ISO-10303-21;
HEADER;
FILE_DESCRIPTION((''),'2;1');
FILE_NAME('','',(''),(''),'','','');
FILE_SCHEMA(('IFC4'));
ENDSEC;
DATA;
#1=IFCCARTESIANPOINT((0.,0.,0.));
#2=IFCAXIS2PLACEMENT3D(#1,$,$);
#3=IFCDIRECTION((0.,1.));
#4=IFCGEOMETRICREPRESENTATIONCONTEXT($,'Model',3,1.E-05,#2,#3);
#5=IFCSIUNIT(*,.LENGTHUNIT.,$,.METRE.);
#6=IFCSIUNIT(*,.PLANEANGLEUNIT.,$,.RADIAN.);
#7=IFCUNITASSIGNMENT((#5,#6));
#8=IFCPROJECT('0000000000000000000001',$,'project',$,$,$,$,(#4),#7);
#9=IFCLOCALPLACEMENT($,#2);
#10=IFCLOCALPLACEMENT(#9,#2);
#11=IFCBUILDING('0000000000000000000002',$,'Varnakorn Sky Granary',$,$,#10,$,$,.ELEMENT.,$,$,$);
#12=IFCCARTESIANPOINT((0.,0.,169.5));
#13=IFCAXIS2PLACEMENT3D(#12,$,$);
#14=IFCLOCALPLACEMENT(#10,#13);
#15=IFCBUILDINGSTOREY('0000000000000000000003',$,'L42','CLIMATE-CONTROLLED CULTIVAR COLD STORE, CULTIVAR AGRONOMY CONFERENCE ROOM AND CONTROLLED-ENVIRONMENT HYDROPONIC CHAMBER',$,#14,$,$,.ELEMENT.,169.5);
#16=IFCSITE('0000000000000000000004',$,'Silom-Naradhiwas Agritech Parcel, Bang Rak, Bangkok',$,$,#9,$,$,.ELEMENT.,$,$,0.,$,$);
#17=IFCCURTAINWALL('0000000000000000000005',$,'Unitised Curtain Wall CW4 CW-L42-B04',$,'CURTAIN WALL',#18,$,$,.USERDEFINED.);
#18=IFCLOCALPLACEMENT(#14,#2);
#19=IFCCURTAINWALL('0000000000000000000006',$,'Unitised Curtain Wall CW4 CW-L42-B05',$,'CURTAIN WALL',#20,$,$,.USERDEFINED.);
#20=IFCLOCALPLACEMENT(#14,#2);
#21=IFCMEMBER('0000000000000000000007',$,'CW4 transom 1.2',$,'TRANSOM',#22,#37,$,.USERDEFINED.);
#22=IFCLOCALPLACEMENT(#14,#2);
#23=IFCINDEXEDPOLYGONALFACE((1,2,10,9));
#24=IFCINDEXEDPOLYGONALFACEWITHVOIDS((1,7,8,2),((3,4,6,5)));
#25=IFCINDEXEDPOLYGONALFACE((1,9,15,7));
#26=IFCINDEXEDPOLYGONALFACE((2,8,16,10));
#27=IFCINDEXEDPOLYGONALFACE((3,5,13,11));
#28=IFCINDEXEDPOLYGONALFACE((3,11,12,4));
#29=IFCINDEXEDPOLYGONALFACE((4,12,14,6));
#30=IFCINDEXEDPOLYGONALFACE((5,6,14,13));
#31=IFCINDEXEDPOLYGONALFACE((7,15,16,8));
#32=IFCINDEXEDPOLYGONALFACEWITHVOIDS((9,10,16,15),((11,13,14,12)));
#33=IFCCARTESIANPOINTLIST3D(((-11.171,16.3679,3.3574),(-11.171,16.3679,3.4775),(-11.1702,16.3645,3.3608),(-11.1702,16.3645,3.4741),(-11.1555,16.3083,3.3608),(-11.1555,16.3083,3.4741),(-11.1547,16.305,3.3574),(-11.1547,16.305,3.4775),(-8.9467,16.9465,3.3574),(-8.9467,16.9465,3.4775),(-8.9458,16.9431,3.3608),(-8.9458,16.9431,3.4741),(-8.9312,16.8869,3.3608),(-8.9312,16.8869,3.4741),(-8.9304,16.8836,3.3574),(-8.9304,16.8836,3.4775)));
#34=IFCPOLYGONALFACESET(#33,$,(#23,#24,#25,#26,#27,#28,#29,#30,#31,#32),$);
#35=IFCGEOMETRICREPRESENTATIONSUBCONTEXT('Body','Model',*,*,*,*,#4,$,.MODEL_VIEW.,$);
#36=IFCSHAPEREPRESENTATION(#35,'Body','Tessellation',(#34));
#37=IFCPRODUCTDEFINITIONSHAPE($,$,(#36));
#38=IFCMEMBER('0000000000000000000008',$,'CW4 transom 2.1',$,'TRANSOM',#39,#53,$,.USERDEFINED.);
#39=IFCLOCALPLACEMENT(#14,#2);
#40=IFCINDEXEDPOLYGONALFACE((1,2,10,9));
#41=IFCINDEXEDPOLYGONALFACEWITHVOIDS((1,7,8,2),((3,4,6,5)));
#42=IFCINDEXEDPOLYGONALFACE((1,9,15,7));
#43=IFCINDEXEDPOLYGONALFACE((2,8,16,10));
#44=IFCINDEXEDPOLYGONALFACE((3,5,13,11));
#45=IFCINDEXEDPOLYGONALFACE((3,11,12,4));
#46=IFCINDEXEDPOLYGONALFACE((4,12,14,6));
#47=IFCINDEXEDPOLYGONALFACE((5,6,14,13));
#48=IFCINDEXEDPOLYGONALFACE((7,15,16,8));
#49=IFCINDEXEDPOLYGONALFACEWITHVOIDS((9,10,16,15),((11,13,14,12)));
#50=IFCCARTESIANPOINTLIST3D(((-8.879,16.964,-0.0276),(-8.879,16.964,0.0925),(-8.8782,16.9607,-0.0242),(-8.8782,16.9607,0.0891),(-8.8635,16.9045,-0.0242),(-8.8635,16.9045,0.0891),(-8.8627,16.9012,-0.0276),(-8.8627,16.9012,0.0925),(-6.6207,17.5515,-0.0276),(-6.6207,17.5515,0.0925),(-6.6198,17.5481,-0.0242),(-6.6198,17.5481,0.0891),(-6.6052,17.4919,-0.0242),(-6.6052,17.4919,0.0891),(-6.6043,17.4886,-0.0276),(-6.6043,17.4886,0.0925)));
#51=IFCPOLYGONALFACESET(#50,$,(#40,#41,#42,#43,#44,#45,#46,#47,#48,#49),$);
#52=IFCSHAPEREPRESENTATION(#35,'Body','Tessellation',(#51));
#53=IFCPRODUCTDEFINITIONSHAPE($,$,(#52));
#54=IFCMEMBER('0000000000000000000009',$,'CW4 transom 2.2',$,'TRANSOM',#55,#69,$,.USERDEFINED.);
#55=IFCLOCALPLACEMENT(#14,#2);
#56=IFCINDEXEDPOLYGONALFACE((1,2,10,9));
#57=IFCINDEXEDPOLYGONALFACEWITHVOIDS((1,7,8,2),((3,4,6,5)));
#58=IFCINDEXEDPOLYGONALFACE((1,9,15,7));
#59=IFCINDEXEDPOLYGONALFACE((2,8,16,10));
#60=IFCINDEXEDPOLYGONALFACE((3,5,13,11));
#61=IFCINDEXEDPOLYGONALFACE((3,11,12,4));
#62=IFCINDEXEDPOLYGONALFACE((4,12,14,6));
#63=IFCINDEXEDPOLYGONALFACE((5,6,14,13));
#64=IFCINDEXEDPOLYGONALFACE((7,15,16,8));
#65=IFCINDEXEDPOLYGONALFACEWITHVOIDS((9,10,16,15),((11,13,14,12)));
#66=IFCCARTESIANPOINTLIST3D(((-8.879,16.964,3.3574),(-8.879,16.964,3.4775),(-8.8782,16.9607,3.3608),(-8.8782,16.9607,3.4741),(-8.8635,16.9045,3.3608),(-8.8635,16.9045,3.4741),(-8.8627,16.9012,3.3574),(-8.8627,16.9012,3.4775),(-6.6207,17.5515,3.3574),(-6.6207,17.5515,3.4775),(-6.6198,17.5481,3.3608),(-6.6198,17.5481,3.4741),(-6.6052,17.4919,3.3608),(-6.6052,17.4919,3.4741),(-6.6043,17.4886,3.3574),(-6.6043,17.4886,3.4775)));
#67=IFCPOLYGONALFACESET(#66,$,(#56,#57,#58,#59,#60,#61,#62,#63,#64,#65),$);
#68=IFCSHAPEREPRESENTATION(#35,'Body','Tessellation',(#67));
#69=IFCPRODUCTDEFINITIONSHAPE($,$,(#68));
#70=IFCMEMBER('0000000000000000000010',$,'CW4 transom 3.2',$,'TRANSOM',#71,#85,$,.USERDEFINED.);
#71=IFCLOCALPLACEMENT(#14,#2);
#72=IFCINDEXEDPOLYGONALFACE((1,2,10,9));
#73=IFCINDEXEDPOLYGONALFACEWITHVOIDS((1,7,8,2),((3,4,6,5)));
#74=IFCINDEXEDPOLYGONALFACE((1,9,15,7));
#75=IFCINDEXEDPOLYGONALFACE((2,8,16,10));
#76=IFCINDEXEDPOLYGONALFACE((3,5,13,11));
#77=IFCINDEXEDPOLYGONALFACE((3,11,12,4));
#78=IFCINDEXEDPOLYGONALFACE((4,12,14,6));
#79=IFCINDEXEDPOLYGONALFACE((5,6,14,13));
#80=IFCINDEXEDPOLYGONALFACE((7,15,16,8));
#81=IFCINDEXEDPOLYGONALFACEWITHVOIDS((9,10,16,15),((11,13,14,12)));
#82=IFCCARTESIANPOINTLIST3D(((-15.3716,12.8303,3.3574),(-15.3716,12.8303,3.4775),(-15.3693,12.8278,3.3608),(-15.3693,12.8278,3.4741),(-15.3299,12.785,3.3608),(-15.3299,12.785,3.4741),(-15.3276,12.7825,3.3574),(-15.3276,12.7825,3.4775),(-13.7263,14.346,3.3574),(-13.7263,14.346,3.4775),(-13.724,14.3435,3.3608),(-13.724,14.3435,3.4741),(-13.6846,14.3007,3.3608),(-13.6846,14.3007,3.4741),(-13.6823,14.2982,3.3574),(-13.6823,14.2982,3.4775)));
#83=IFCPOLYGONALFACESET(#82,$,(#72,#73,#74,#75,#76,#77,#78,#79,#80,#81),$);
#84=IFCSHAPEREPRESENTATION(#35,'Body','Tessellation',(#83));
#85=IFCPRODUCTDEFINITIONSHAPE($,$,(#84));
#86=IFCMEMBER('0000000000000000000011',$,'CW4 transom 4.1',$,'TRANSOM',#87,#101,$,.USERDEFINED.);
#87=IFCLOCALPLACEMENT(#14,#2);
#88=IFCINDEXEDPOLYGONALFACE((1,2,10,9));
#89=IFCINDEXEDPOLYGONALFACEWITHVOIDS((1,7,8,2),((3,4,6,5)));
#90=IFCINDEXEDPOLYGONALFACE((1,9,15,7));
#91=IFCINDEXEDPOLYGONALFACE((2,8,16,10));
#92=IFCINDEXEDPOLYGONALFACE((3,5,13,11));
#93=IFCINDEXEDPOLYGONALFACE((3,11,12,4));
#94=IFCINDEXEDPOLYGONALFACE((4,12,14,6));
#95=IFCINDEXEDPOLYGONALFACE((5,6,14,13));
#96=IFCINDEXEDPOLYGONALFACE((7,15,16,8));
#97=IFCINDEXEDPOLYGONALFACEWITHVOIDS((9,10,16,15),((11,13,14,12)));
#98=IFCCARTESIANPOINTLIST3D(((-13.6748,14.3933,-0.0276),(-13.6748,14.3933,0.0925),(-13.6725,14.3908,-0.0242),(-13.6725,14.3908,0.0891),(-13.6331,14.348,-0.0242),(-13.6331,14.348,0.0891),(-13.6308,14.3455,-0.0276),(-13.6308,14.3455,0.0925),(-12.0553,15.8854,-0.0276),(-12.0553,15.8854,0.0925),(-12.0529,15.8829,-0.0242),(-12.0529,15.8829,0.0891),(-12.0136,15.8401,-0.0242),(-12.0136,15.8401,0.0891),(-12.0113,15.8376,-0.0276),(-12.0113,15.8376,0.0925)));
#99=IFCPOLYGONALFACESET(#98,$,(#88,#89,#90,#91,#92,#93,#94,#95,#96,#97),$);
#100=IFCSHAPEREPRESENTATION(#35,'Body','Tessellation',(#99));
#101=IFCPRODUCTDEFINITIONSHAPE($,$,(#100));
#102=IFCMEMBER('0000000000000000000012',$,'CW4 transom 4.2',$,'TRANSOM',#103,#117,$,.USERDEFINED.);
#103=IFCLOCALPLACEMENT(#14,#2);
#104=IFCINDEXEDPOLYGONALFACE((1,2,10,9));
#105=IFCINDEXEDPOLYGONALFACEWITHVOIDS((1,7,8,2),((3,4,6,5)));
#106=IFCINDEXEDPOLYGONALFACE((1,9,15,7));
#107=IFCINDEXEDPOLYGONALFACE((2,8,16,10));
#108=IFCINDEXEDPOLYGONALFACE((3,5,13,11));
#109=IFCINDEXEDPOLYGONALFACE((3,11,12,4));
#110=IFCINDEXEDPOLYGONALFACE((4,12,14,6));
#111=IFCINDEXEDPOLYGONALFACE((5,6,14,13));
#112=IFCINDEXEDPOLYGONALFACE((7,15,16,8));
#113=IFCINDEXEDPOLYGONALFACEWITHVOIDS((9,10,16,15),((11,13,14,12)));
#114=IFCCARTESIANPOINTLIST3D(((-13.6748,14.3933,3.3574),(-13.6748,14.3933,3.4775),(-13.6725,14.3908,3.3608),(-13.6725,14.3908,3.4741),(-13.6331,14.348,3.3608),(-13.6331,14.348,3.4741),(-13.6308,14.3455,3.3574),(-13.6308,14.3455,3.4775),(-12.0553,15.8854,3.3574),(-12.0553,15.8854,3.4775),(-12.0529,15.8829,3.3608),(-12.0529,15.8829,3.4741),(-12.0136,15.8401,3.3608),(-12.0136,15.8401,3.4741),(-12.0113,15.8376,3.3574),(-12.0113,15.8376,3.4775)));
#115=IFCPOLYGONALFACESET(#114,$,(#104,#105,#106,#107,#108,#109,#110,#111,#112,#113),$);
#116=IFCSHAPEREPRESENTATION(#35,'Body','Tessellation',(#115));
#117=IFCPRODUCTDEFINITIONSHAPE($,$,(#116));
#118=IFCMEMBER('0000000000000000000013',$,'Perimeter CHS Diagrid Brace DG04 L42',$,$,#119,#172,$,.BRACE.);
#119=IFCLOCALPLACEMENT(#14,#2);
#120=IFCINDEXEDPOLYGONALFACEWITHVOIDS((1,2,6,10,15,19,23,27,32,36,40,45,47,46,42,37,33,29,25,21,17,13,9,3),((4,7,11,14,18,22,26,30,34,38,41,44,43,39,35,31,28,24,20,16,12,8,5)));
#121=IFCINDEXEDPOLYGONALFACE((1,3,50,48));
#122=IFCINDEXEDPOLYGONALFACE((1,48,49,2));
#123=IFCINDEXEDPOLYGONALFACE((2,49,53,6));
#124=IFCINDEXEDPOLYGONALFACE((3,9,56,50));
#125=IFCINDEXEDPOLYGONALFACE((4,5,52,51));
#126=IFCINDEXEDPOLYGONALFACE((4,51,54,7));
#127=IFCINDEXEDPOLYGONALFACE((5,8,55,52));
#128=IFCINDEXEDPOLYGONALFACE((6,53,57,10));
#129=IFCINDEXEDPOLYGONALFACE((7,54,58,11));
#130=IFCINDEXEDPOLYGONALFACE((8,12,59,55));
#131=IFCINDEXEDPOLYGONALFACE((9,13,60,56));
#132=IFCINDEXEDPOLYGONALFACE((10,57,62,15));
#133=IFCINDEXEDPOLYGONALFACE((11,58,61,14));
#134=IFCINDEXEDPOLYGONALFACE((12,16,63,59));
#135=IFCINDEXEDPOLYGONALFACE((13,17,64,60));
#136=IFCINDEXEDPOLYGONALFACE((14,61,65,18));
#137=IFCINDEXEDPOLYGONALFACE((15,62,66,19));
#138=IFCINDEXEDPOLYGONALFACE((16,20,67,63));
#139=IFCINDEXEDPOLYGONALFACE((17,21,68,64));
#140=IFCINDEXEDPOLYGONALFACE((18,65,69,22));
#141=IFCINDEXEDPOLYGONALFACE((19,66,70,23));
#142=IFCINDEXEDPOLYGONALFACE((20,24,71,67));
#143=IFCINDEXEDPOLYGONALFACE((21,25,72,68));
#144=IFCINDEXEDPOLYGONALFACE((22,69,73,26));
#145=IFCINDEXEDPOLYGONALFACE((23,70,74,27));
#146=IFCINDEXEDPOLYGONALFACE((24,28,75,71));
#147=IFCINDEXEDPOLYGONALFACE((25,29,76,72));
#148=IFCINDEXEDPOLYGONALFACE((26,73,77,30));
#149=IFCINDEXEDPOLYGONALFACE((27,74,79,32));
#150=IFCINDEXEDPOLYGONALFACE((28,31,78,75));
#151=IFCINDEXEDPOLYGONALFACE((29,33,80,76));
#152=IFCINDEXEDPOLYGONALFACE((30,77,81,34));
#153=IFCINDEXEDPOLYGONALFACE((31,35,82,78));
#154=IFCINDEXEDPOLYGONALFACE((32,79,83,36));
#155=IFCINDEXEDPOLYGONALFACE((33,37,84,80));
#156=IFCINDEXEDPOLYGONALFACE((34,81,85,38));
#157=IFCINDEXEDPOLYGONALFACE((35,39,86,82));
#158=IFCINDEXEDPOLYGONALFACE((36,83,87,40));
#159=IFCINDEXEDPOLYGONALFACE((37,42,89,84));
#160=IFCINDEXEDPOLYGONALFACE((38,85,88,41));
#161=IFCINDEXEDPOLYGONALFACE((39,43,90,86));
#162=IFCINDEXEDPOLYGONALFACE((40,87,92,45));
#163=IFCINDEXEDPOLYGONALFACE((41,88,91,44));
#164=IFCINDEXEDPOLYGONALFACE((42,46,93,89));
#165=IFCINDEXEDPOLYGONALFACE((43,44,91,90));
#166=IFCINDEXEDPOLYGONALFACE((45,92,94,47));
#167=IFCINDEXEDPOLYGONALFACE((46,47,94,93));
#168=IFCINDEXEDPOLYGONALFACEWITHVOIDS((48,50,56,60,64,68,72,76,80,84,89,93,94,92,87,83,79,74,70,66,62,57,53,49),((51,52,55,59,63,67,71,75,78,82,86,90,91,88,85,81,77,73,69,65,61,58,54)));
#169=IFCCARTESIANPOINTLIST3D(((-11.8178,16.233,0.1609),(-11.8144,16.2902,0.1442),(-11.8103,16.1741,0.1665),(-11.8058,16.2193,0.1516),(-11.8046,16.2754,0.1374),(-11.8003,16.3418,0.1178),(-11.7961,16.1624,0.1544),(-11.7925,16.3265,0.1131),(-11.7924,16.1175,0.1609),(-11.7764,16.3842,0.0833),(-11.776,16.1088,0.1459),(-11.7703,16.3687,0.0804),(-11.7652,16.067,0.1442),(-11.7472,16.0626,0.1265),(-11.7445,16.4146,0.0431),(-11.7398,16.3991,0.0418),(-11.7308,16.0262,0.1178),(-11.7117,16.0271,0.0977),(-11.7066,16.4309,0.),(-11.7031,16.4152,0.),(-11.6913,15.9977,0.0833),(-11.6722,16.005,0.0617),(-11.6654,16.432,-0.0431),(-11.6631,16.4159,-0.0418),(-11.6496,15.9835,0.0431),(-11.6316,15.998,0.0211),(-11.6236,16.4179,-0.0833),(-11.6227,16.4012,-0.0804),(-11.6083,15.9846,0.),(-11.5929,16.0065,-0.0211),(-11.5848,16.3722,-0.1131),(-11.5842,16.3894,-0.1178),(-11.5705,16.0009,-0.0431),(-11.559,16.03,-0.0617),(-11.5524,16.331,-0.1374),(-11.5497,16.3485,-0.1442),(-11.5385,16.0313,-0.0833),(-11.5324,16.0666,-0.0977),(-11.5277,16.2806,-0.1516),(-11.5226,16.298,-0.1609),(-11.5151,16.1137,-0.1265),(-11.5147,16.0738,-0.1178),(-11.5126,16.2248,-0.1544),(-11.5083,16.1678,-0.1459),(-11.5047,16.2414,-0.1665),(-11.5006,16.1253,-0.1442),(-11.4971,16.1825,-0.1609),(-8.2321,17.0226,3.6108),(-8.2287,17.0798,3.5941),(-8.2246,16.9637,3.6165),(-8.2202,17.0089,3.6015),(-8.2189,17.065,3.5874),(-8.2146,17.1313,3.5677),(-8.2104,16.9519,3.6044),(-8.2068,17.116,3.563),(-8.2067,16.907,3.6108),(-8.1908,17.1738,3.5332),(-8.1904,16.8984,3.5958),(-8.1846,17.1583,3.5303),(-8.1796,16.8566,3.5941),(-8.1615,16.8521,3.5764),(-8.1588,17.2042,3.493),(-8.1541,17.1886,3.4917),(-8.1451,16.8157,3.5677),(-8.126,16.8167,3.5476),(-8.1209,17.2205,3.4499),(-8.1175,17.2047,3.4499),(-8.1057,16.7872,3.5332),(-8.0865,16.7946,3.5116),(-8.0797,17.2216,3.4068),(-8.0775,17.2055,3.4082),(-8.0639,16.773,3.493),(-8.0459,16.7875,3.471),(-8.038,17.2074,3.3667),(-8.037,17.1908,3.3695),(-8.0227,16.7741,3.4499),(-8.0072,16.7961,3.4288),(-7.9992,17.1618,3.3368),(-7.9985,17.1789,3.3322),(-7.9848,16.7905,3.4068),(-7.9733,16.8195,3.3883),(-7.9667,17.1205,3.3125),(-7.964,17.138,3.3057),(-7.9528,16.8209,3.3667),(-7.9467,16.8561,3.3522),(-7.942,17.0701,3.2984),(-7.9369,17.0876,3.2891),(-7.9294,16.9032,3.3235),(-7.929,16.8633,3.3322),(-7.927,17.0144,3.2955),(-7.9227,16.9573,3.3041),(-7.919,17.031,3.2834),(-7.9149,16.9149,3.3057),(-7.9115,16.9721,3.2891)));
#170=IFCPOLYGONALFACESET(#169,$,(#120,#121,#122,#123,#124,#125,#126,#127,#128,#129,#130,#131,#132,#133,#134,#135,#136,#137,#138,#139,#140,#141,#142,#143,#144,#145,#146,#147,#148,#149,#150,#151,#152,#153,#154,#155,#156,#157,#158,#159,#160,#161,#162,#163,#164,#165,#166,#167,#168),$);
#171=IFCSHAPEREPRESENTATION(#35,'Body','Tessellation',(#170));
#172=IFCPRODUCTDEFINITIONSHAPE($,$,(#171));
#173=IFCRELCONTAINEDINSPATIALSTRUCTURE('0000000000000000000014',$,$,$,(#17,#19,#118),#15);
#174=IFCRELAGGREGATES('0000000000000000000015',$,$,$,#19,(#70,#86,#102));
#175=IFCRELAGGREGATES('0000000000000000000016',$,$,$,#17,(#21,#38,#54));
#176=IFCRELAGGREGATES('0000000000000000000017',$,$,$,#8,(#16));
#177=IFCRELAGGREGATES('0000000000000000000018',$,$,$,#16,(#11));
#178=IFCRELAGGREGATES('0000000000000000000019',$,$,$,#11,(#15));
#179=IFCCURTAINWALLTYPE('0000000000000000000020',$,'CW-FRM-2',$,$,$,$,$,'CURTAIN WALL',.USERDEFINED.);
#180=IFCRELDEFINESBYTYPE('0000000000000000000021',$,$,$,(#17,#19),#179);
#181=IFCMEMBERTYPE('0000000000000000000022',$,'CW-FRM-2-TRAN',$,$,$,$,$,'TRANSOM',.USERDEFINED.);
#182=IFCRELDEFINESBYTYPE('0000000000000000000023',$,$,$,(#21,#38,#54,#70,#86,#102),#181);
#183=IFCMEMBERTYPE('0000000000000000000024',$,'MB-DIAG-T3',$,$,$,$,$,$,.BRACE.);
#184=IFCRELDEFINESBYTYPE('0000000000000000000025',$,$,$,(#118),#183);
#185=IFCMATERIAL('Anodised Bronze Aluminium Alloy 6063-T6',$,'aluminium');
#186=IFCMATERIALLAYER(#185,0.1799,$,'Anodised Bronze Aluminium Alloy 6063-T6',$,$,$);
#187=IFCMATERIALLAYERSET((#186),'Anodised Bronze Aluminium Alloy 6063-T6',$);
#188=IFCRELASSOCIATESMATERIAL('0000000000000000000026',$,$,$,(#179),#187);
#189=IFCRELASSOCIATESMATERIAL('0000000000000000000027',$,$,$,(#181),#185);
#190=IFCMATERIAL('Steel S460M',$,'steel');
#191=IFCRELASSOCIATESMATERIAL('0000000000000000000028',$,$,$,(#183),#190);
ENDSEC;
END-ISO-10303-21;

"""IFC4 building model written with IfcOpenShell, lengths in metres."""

from ifc_helpers import new_model, si_unit, direction, frame, origin, origin_2d, place, context, subcontext, project, spatial, hollow_rectangle, hollow_circle, extrude, material, layer, layer_set, material_profile, profile_set, type_object, element, aggregate, save


model = new_model("IFC4")

# Units and contexts
model_context = context("Model", 3, precision=1e-05, world=origin(), true_north=direction((0.0, 1.0)))
body_context = subcontext(model_context, "Body", "Model", "MODEL_VIEW")
ifc_project = project(units=[si_unit("LENGTHUNIT", "METRE"), si_unit("PLANEANGLEUNIT", "RADIAN")], contexts=[model_context])

# Site, building, storey
site_placement = place(None, origin())
site = spatial("IfcSite", under=ifc_project, at=site_placement, Name="Silom-Naradhiwas Agritech Parcel, Bang Rak, Bangkok", CompositionType="ELEMENT", RefElevation=0.0)
building_placement = place(site_placement, origin())
building = spatial("IfcBuilding", under=site, at=building_placement, Name="Varnakorn Sky Granary", CompositionType="ELEMENT")
storey_placement = place(building_placement, frame((0.0, 0.0, 169.5)))
storey = spatial("IfcBuildingStorey", under=building, at=storey_placement, Name="L42", Description="CLIMATE-CONTROLLED CULTIVAR COLD STORE, CULTIVAR AGRONOMY CONFERENCE ROOM AND CONTROLLED-ENVIRONMENT HYDROPONIC CHAMBER", CompositionType="ELEMENT", Elevation=169.5)

# Shared definitions
ifc_material_1 = material(Name="Steel S460M", Category="steel")

# Curtain walls
ifc_material_2 = material(Name="Anodised Bronze Aluminium Alloy 6063-T6", Category="aluminium")
ifc_layer_1 = layer(ifc_material_2, 0.1799, Name="Anodised Bronze Aluminium Alloy 6063-T6")
ifc_layer_set_1 = layer_set([ifc_layer_1], Name="Anodised Bronze Aluminium Alloy 6063-T6")
curtain_wall_type = type_object("IfcCurtainWallType", Name="CW-FRM-2", ElementType="CURTAIN WALL", PredefinedType="USERDEFINED", material=ifc_layer_set_1)
curtain_wall_1_placement = place(storey_placement, origin())
curtain_wall_1 = element("IfcCurtainWall", 1, at=curtain_wall_1_placement, inside=storey, type_object=curtain_wall_type, Name="Unitised Curtain Wall CW4 CW-L42-B04", ObjectType="CURTAIN WALL", PredefinedType="USERDEFINED")
curtain_wall_2_placement = place(storey_placement, origin())
curtain_wall_2 = element("IfcCurtainWall", 2, at=curtain_wall_2_placement, inside=storey, type_object=curtain_wall_type, Name="Unitised Curtain Wall CW4 CW-L42-B05", ObjectType="CURTAIN WALL", PredefinedType="USERDEFINED")

# Members
ifc_material_profile_1 = material_profile(ifc_material_2, hollow_rectangle(XDim=0.0649, YDim=0.1201, WallThickness=0.0034, at=origin_2d()), Name="ALU TRAN 65x120")
ifc_profile_set_1 = profile_set([ifc_material_profile_1], Name="Anodised Bronze Aluminium Alloy 6063-T6")
member_type_1 = type_object("IfcMemberType", Name="CW-FRM-2-TRAN", ElementType="TRANSOM", PredefinedType="USERDEFINED", material=ifc_profile_set_1)
member_1_placement = place(storey_placement, frame((-11.1628, 16.3364, 3.4175), z_axis=(0.967793, 0.251747, 0.0), x_axis=(-0.251747, 0.967793, 0.0)))
member_1 = element("IfcMember", 3, at=member_1_placement, type_object=member_type_1, Name="CW4 transom 1.2", ObjectType="TRANSOM", PredefinedType="USERDEFINED", context=body_context, shape_type="SweptSolid", body=[
    extrude(hollow_rectangle(XDim=0.0649, YDim=0.1201, WallThickness=0.0034, at=origin_2d()), origin(), (0.0, 0.0, 1.0), 2.2983),
])
member_2_placement = place(storey_placement, frame((-8.8708, 16.9326, 0.0325), z_axis=(0.967797, 0.251732, 0.0), x_axis=(-0.251732, 0.967797, 0.0)))
member_2 = element("IfcMember", 4, at=member_2_placement, type_object=member_type_1, Name="CW4 transom 2.1", ObjectType="TRANSOM", PredefinedType="USERDEFINED", context=body_context, shape_type="SweptSolid", body=[
    extrude(hollow_rectangle(XDim=0.0649, YDim=0.1201, WallThickness=0.0034, at=origin_2d()), origin(), (0.0, 0.0, 1.0), 2.3335),
])
member_3_placement = place(storey_placement, frame((-8.8708, 16.9326, 3.4175), z_axis=(0.967797, 0.251732, 0.0), x_axis=(-0.251732, 0.967797, 0.0)))
member_3 = element("IfcMember", 5, at=member_3_placement, type_object=member_type_1, Name="CW4 transom 2.2", ObjectType="TRANSOM", PredefinedType="USERDEFINED", context=body_context, shape_type="SweptSolid", body=[
    extrude(hollow_rectangle(XDim=0.0649, YDim=0.1201, WallThickness=0.0034, at=origin_2d()), origin(), (0.0, 0.0, 1.0), 2.3335),
])
member_4_placement = place(storey_placement, frame((-15.3496, 12.8064, 3.4175), z_axis=(0.735489, 0.677536, 0.0), x_axis=(-0.677536, 0.735489, 0.0)))
member_4 = element("IfcMember", 6, at=member_4_placement, type_object=member_type_1, Name="CW4 transom 3.2", ObjectType="TRANSOM", PredefinedType="USERDEFINED", context=body_context, shape_type="SweptSolid", body=[
    extrude(hollow_rectangle(XDim=0.0649, YDim=0.1201, WallThickness=0.0034, at=origin_2d()), origin(), (0.0, 0.0, 1.0), 2.2371),
])
member_5_placement = place(storey_placement, frame((-13.6528, 14.3694, 0.0325), z_axis=(0.735449, 0.67758, 0.0), x_axis=(-0.67758, 0.735449, 0.0)))
member_5 = element("IfcMember", 7, at=member_5_placement, type_object=member_type_1, Name="CW4 transom 4.1", ObjectType="TRANSOM", PredefinedType="USERDEFINED", context=body_context, shape_type="SweptSolid", body=[
    extrude(hollow_rectangle(XDim=0.0649, YDim=0.1201, WallThickness=0.0034, at=origin_2d()), origin(), (0.0, 0.0, 1.0), 2.2021),
])
member_6_placement = place(storey_placement, frame((-13.6528, 14.3694, 3.4175), z_axis=(0.735449, 0.67758, 0.0), x_axis=(-0.67758, 0.735449, 0.0)))
member_6 = element("IfcMember", 8, at=member_6_placement, type_object=member_type_1, Name="CW4 transom 4.2", ObjectType="TRANSOM", PredefinedType="USERDEFINED", context=body_context, shape_type="SweptSolid", body=[
    extrude(hollow_rectangle(XDim=0.0649, YDim=0.1201, WallThickness=0.0034, at=origin_2d()), origin(), (0.0, 0.0, 1.0), 2.2021),
])

# Member
ifc_material_profile_2 = material_profile(ifc_material_1, hollow_circle(Radius=0.2285, WallThickness=0.0161, at=origin_2d()), Name="CHS 457x16")
ifc_profile_set_2 = profile_set([ifc_material_profile_2], Name="Steel S460M")
member_type_2 = type_object("IfcMemberType", Name="MB-DIAG-T3", PredefinedType="BRACE", material=ifc_profile_set_2)
member_7_placement = place(storey_placement, frame((-11.6575, 16.2078, 0.0), z_axis=(0.711711, 0.156715, 0.684768), x_axis=(-0.215043, 0.976605, 0.0)))
element("IfcMember", 9, at=member_7_placement, inside=storey, type_object=member_type_2, Name="Perimeter CHS Diagrid Brace DG04 L42", PredefinedType="BRACE", context=body_context, shape_type="SweptSolid", body=[
    extrude(hollow_circle(Radius=0.2285, WallThickness=0.0161, at=origin_2d()), origin(), (0.0, 0.0, 1.0), 5.0381),
])

aggregate(curtain_wall_2, [member_4, member_5, member_6])
aggregate(curtain_wall_1, [member_1, member_2, member_3])

save(model, "model.ifc")
